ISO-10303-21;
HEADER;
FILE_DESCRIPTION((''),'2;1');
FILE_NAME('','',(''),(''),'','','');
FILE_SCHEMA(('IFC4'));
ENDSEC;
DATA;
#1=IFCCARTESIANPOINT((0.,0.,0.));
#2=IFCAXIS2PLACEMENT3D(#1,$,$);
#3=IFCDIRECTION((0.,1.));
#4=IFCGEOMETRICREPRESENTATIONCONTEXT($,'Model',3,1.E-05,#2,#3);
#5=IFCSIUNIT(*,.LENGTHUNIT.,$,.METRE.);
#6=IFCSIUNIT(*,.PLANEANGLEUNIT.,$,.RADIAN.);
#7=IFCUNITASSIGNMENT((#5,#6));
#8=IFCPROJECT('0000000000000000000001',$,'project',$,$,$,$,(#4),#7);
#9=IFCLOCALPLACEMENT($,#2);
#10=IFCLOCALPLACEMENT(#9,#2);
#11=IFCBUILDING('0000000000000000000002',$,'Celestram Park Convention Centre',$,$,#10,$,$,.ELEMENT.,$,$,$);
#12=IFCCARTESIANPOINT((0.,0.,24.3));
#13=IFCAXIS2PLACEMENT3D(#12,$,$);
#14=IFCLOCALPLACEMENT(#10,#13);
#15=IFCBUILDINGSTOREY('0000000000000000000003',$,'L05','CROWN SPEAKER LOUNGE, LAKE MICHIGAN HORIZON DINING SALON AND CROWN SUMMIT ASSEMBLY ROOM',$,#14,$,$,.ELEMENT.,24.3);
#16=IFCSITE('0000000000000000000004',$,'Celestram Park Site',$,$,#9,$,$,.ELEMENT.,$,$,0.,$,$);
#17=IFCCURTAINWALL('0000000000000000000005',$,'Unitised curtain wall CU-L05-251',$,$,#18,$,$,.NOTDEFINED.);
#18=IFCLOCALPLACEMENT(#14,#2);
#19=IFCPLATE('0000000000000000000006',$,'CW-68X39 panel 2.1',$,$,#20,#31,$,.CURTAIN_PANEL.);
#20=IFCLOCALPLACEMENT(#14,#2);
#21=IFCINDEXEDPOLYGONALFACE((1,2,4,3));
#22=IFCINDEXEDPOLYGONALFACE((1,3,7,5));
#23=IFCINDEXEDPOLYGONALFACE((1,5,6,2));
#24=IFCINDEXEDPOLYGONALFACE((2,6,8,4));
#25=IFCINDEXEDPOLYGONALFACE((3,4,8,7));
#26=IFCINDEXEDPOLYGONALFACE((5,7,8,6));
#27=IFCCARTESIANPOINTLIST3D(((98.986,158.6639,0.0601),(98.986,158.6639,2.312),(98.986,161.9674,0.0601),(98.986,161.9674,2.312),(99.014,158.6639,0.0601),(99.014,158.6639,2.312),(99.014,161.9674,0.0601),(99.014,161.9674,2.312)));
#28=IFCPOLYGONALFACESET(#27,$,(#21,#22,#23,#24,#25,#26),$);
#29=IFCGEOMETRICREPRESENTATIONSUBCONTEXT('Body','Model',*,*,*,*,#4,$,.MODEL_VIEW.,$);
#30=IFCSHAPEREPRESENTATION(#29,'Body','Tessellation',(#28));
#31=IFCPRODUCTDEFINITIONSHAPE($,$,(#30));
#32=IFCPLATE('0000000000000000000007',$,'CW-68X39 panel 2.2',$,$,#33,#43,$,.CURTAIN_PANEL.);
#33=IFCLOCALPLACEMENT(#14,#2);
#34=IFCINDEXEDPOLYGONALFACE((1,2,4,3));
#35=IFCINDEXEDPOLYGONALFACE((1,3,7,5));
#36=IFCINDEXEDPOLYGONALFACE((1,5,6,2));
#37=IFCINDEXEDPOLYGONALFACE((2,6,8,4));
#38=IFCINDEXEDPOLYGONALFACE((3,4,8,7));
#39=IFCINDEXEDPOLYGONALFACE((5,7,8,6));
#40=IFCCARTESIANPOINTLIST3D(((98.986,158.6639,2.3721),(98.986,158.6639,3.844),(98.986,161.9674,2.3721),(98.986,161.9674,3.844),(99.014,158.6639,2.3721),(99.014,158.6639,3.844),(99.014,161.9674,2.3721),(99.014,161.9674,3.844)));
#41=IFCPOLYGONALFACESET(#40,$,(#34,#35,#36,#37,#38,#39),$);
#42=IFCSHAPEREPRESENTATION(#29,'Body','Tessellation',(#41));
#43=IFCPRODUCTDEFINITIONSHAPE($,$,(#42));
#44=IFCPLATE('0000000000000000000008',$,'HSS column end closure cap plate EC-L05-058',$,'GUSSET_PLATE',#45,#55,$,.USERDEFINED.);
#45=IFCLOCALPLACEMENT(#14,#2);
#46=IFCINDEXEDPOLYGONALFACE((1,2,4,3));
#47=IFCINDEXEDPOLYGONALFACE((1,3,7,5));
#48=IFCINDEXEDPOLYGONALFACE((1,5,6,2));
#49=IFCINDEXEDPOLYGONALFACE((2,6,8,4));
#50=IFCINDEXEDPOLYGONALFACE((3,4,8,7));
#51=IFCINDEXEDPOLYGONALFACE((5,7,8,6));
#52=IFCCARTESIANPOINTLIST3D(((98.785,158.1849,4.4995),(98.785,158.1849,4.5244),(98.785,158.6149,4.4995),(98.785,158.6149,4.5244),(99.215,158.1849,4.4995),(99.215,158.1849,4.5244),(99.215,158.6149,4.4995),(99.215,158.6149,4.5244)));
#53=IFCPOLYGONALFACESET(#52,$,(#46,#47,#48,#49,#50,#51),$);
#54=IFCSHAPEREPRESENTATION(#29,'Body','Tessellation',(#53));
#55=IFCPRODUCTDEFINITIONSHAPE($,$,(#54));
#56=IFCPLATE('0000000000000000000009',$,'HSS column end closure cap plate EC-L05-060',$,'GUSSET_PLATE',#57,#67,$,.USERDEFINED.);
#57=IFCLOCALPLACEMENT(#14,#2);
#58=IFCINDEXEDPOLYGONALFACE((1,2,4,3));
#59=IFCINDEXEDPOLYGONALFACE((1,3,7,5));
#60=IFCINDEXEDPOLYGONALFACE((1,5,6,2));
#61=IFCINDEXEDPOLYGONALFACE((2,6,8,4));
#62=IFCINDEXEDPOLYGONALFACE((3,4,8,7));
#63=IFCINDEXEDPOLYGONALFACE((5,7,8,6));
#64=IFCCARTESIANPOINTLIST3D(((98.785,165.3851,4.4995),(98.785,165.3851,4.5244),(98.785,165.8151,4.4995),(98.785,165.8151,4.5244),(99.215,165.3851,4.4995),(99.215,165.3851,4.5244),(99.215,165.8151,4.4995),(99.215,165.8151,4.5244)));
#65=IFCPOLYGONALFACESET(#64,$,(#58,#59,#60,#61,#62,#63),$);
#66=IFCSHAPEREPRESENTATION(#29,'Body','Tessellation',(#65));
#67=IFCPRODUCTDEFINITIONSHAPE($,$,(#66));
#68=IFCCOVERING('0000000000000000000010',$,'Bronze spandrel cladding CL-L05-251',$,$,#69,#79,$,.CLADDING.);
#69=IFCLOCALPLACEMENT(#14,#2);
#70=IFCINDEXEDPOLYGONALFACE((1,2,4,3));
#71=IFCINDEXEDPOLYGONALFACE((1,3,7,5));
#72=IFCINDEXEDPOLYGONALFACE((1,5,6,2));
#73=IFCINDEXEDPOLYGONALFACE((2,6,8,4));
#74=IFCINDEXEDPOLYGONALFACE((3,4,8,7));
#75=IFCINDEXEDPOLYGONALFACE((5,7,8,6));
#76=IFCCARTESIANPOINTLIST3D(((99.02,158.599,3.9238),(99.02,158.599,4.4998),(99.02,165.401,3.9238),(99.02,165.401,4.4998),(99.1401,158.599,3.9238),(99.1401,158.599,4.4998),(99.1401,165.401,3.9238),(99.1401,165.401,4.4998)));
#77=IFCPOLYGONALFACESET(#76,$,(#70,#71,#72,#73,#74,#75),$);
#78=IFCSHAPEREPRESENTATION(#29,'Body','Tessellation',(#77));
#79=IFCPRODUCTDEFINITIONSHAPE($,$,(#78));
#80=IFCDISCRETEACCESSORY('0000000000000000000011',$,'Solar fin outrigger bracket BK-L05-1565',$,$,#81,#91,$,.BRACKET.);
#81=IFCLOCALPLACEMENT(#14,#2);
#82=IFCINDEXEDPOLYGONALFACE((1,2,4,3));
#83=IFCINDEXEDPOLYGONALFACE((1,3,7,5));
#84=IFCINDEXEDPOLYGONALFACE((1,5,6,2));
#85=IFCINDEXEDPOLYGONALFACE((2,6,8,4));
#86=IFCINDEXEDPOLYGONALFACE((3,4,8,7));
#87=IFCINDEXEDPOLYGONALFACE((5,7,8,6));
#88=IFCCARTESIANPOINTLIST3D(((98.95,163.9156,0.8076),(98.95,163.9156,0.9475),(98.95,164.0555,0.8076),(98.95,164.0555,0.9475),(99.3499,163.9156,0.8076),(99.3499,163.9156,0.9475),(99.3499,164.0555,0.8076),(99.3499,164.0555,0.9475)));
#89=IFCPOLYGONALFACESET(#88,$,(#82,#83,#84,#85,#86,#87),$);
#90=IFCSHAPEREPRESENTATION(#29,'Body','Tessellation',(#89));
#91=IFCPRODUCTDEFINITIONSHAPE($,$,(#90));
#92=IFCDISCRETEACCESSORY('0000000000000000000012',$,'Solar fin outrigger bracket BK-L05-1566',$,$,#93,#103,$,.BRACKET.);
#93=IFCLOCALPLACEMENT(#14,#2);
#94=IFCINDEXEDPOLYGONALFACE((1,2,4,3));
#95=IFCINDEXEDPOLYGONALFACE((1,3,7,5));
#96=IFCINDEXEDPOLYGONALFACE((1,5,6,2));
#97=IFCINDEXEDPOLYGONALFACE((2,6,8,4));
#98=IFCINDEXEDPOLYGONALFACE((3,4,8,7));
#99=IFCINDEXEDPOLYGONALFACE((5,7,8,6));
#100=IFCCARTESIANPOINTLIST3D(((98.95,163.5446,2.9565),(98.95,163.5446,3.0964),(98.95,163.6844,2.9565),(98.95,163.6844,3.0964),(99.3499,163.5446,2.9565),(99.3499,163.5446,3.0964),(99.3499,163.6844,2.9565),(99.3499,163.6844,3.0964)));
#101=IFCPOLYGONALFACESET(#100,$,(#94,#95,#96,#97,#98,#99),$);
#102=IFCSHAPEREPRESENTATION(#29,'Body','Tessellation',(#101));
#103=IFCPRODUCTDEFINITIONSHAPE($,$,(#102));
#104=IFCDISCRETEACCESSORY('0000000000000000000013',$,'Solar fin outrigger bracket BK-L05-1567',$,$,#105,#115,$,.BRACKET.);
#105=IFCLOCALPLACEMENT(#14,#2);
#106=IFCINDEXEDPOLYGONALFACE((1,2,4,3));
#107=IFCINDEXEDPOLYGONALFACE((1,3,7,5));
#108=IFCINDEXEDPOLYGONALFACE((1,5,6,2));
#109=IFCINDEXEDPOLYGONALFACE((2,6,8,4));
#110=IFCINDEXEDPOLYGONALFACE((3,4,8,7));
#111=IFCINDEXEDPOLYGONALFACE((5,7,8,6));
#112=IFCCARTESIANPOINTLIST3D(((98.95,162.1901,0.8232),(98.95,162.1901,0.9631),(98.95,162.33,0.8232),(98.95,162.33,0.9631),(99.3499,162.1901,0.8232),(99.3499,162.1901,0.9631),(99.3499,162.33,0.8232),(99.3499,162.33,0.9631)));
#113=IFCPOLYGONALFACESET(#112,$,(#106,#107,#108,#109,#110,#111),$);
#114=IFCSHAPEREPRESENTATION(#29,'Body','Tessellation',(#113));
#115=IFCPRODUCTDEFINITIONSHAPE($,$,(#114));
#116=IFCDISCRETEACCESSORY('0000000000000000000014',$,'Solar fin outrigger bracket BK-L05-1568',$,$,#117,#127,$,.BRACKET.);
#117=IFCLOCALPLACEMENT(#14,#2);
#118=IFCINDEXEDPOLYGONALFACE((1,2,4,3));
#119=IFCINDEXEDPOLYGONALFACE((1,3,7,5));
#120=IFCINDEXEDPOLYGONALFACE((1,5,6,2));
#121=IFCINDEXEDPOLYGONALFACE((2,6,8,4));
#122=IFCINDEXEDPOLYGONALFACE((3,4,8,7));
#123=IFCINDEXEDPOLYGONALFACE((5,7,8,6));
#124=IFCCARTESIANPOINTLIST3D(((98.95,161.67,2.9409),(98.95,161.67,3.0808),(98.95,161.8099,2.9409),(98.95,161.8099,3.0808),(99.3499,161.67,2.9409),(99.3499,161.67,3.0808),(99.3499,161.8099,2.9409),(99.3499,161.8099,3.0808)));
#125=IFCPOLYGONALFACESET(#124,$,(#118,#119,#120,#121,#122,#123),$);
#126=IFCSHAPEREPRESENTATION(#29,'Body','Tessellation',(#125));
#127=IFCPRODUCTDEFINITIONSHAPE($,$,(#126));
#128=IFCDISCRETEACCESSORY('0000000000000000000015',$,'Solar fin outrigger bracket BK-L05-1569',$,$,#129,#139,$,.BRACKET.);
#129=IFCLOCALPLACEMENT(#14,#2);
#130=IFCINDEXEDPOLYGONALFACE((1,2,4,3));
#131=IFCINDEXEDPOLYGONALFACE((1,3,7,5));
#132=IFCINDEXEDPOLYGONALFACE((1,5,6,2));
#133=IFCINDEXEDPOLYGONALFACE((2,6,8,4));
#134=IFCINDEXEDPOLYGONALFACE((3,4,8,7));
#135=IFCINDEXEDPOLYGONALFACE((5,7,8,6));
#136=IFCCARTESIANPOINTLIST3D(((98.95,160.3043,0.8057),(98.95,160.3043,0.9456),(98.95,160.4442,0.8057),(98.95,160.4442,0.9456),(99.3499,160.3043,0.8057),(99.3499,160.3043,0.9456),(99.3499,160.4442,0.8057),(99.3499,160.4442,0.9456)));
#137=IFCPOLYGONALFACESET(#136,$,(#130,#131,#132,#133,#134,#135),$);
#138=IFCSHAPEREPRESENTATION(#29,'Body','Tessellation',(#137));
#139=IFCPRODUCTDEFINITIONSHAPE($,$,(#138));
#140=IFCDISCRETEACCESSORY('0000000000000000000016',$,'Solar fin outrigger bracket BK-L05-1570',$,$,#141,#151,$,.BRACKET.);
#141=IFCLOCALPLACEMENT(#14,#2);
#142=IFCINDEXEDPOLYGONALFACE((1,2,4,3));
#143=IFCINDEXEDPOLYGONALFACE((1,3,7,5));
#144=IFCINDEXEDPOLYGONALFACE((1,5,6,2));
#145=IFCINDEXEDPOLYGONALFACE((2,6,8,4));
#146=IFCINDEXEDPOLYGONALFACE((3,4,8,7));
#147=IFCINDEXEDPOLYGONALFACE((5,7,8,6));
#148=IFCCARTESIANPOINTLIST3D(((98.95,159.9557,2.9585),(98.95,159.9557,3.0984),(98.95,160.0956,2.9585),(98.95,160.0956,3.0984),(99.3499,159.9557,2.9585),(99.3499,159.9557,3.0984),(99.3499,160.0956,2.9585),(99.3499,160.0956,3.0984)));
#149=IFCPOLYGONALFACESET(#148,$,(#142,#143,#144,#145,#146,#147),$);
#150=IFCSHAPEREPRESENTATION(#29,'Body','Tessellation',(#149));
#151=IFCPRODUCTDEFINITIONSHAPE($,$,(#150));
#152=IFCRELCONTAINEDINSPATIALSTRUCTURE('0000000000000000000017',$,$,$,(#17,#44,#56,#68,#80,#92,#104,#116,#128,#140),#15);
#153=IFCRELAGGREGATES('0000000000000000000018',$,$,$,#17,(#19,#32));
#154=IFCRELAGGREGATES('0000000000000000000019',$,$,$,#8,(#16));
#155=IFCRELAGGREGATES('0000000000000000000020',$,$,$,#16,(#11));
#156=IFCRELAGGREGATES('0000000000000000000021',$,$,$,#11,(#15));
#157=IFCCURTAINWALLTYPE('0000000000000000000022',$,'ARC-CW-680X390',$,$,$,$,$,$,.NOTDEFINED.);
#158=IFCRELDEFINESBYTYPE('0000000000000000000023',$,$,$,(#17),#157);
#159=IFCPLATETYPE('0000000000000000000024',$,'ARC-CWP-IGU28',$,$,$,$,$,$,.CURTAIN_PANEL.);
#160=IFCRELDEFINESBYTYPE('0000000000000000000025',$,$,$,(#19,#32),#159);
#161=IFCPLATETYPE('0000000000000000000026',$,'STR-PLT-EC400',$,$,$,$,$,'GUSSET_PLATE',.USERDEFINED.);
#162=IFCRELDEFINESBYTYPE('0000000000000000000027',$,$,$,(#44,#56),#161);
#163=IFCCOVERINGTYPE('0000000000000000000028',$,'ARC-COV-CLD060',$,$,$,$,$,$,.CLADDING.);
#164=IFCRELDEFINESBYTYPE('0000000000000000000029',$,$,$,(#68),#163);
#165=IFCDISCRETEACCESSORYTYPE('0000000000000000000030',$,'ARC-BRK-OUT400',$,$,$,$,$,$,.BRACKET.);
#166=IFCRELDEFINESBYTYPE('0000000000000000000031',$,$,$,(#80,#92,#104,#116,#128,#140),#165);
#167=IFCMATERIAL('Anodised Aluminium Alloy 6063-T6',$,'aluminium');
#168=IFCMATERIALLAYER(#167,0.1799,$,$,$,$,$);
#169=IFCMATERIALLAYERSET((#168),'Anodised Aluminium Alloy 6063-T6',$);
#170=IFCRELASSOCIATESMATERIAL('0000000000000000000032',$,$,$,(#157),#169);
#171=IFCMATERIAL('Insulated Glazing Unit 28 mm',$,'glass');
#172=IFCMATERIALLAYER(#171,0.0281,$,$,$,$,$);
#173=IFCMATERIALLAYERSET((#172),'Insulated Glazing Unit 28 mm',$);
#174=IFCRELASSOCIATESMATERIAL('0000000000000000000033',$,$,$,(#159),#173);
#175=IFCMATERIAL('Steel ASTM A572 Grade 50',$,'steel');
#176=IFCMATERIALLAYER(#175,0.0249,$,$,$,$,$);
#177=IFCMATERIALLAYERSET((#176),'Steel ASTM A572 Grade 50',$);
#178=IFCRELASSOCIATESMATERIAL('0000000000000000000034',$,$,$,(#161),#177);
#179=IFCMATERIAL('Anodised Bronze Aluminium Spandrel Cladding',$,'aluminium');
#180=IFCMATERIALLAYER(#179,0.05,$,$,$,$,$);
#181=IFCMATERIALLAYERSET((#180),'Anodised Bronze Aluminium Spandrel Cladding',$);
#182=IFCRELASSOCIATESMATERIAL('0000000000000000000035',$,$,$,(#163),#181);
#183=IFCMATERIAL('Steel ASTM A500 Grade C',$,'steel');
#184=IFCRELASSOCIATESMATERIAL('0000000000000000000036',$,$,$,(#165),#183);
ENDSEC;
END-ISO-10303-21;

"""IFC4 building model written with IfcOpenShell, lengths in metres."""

from ifc_helpers import new_model, si_unit, direction, frame, origin, origin_2d, place, context, subcontext, project, spatial, rectangle, extrude, material, layer, layer_set, type_object, element, aggregate, save


model = new_model("IFC4")

# Units and contexts
model_context = context("Model", 3, precision=1e-05, world=origin(), true_north=direction((0.0, 1.0)))
body_context = subcontext(model_context, "Body", "Model", "MODEL_VIEW")
ifc_project = project(units=[si_unit("LENGTHUNIT", "METRE"), si_unit("PLANEANGLEUNIT", "RADIAN")], contexts=[model_context])

# Site, building, storey
site_placement = place(None, origin())
site = spatial("IfcSite", under=ifc_project, at=site_placement, Name="Celestram Park Site", CompositionType="ELEMENT", RefElevation=0.0)
building_placement = place(site_placement, origin())
building = spatial("IfcBuilding", under=site, at=building_placement, Name="Celestram Park Convention Centre", CompositionType="ELEMENT")
storey_placement = place(building_placement, frame((0.0, 0.0, 24.3)))
storey = spatial("IfcBuildingStorey", under=building, at=storey_placement, Name="L05", Description="CROWN SPEAKER LOUNGE, LAKE MICHIGAN HORIZON DINING SALON AND CROWN SUMMIT ASSEMBLY ROOM", CompositionType="ELEMENT", Elevation=24.3)

# Shared definitions
ifc_material_1 = material(Name="Steel ASTM A500 Grade C", Category="steel")

# Curtain wall
ifc_material_2 = material(Name="Anodised Aluminium Alloy 6063-T6", Category="aluminium")
ifc_layer_1 = layer(ifc_material_2, 0.1799)
ifc_layer_set_1 = layer_set([ifc_layer_1], Name="Anodised Aluminium Alloy 6063-T6")
curtain_wall_type_1 = type_object("IfcCurtainWallType", Name="ARC-CW-680X390", PredefinedType="NOTDEFINED", material=ifc_layer_set_1)
curtain_wall_1_placement = place(storey_placement, origin())
curtain_wall_1 = element("IfcCurtainWall", 1, at=curtain_wall_1_placement, inside=storey, type_object=curtain_wall_type_1, Name="Unitised curtain wall CU-L05-251", PredefinedType="NOTDEFINED")

# Plates
ifc_material_3 = material(Name="Insulated Glazing Unit 28 mm", Category="glass")
ifc_layer_2 = layer(ifc_material_3, 0.0281)
ifc_layer_set_2 = layer_set([ifc_layer_2], Name="Insulated Glazing Unit 28 mm")
plate_type_1 = type_object("IfcPlateType", Name="ARC-CWP-IGU28", PredefinedType="CURTAIN_PANEL", material=ifc_layer_set_2)
plate_1_placement = place(storey_placement, frame((99.0, 160.3157, 0.0601), z_axis=(0.0, 0.0, 1.0), x_axis=(0.0, -1.0, 0.0)))
plate_1 = element("IfcPlate", 2, at=plate_1_placement, type_object=plate_type_1, Name="CW-68X39 panel 2.1", PredefinedType="CURTAIN_PANEL", context=body_context, shape_type="SweptSolid", body=[
    extrude(rectangle(XDim=3.3035, YDim=0.0281, at=origin_2d()), origin(), (0.0, 0.0, 1.0), 2.252),
])
plate_2_placement = place(storey_placement, frame((99.0, 160.3157, 2.3721), z_axis=(0.0, 0.0, 1.0), x_axis=(0.0, -1.0, 0.0)))
plate_2 = element("IfcPlate", 3, at=plate_2_placement, type_object=plate_type_1, Name="CW-68X39 panel 2.2", PredefinedType="CURTAIN_PANEL", context=body_context, shape_type="SweptSolid", body=[
    extrude(rectangle(XDim=3.3035, YDim=0.0281, at=origin_2d()), origin(), (0.0, 0.0, 1.0), 1.4719),
])
aggregate(curtain_wall_1, [plate_1, plate_2])

# Plates
ifc_material_4 = material(Name="Steel ASTM A572 Grade 50", Category="steel")
ifc_layer_3 = layer(ifc_material_4, 0.0249)
ifc_layer_set_3 = layer_set([ifc_layer_3], Name="Steel ASTM A572 Grade 50")
plate_type_2 = type_object("IfcPlateType", Name="STR-PLT-EC400", ElementType="GUSSET_PLATE", PredefinedType="USERDEFINED", material=ifc_layer_set_3)
for number, where, z_axis, x_axis, name in (
    (4, (99.0, 158.3999, 4.4995), (0.0, 0.0, 1.0), (1.0, 0.0, 0.0), "HSS column end closure cap plate EC-L05-058"),
    (5, (99.0, 165.6001, 4.4995), (0.0, 0.0, 1.0), (1.0, 0.0, 0.0), "HSS column end closure cap plate EC-L05-060"),
):
    element("IfcPlate", number, at=place(storey_placement, frame(where, z_axis=z_axis, x_axis=x_axis)), inside=storey, type_object=plate_type_2, Name=name, ObjectType="GUSSET_PLATE", PredefinedType="USERDEFINED", context=body_context, shape_type="SweptSolid", body=[
        extrude(rectangle(XDim=0.4299, YDim=0.4299, at=origin_2d()), origin(), (0.0, 0.0, 1.0), 0.0249),
    ])

# Covering
ifc_material_5 = material(Name="Anodised Bronze Aluminium Spandrel Cladding", Category="aluminium")
ifc_layer_4 = layer(ifc_material_5, 0.05)
ifc_layer_set_4 = layer_set([ifc_layer_4], Name="Anodised Bronze Aluminium Spandrel Cladding")
covering_type = type_object("IfcCoveringType", Name="ARC-COV-CLD060", PredefinedType="CLADDING", material=ifc_layer_set_4)
covering_placement = place(storey_placement, frame((99.0801, 162.0, 3.9238), z_axis=(0.0, 0.0, 1.0), x_axis=(0.0, -1.0, 0.0)))
element("IfcCovering", 6, at=covering_placement, inside=storey, type_object=covering_type, Name="Bronze spandrel cladding CL-L05-251", PredefinedType="CLADDING", context=body_context, shape_type="SweptSolid", body=[
    extrude(rectangle(XDim=6.802, YDim=0.1201, at=origin_2d()), origin(), (0.0, 0.0, 1.0), 0.5759),
])

# Discrete accessories
discrete_accessory_type = type_object("IfcDiscreteAccessoryType", Name="ARC-BRK-OUT400", PredefinedType="BRACKET", material=ifc_material_1)
for number, where, z_axis, x_axis, name in (
    (7, (99.1499, 163.9856, 0.8076), (0.0, 0.0, 1.0), (1.0, 0.0, 0.0), "Solar fin outrigger bracket BK-L05-1565"),
    (8, (99.1499, 163.6145, 2.9565), (0.0, 0.0, 1.0), (1.0, 0.0, 0.0), "Solar fin outrigger bracket BK-L05-1566"),
    (9, (99.1499, 162.26, 0.8232), (0.0, 0.0, 1.0), (1.0, 0.0, 0.0), "Solar fin outrigger bracket BK-L05-1567"),
    (10, (99.1499, 161.74, 2.9409), (0.0, 0.0, 1.0), (1.0, 0.0, 0.0), "Solar fin outrigger bracket BK-L05-1568"),
    (11, (99.1499, 160.3743, 0.8057), (0.0, 0.0, 1.0), (1.0, 0.0, 0.0), "Solar fin outrigger bracket BK-L05-1569"),
    (12, (99.1499, 160.0256, 2.9585), (0.0, 0.0, 1.0), (1.0, 0.0, 0.0), "Solar fin outrigger bracket BK-L05-1570"),
):
    element("IfcDiscreteAccessory", number, at=place(storey_placement, frame(where, z_axis=z_axis, x_axis=x_axis)), inside=storey, type_object=discrete_accessory_type, Name=name, PredefinedType="BRACKET", context=body_context, shape_type="SweptSolid", body=[
        extrude(rectangle(XDim=0.3999, YDim=0.1399, at=origin_2d()), origin(), (0.0, 0.0, 1.0), 0.1399),
    ])

save(model, "model.ifc")
